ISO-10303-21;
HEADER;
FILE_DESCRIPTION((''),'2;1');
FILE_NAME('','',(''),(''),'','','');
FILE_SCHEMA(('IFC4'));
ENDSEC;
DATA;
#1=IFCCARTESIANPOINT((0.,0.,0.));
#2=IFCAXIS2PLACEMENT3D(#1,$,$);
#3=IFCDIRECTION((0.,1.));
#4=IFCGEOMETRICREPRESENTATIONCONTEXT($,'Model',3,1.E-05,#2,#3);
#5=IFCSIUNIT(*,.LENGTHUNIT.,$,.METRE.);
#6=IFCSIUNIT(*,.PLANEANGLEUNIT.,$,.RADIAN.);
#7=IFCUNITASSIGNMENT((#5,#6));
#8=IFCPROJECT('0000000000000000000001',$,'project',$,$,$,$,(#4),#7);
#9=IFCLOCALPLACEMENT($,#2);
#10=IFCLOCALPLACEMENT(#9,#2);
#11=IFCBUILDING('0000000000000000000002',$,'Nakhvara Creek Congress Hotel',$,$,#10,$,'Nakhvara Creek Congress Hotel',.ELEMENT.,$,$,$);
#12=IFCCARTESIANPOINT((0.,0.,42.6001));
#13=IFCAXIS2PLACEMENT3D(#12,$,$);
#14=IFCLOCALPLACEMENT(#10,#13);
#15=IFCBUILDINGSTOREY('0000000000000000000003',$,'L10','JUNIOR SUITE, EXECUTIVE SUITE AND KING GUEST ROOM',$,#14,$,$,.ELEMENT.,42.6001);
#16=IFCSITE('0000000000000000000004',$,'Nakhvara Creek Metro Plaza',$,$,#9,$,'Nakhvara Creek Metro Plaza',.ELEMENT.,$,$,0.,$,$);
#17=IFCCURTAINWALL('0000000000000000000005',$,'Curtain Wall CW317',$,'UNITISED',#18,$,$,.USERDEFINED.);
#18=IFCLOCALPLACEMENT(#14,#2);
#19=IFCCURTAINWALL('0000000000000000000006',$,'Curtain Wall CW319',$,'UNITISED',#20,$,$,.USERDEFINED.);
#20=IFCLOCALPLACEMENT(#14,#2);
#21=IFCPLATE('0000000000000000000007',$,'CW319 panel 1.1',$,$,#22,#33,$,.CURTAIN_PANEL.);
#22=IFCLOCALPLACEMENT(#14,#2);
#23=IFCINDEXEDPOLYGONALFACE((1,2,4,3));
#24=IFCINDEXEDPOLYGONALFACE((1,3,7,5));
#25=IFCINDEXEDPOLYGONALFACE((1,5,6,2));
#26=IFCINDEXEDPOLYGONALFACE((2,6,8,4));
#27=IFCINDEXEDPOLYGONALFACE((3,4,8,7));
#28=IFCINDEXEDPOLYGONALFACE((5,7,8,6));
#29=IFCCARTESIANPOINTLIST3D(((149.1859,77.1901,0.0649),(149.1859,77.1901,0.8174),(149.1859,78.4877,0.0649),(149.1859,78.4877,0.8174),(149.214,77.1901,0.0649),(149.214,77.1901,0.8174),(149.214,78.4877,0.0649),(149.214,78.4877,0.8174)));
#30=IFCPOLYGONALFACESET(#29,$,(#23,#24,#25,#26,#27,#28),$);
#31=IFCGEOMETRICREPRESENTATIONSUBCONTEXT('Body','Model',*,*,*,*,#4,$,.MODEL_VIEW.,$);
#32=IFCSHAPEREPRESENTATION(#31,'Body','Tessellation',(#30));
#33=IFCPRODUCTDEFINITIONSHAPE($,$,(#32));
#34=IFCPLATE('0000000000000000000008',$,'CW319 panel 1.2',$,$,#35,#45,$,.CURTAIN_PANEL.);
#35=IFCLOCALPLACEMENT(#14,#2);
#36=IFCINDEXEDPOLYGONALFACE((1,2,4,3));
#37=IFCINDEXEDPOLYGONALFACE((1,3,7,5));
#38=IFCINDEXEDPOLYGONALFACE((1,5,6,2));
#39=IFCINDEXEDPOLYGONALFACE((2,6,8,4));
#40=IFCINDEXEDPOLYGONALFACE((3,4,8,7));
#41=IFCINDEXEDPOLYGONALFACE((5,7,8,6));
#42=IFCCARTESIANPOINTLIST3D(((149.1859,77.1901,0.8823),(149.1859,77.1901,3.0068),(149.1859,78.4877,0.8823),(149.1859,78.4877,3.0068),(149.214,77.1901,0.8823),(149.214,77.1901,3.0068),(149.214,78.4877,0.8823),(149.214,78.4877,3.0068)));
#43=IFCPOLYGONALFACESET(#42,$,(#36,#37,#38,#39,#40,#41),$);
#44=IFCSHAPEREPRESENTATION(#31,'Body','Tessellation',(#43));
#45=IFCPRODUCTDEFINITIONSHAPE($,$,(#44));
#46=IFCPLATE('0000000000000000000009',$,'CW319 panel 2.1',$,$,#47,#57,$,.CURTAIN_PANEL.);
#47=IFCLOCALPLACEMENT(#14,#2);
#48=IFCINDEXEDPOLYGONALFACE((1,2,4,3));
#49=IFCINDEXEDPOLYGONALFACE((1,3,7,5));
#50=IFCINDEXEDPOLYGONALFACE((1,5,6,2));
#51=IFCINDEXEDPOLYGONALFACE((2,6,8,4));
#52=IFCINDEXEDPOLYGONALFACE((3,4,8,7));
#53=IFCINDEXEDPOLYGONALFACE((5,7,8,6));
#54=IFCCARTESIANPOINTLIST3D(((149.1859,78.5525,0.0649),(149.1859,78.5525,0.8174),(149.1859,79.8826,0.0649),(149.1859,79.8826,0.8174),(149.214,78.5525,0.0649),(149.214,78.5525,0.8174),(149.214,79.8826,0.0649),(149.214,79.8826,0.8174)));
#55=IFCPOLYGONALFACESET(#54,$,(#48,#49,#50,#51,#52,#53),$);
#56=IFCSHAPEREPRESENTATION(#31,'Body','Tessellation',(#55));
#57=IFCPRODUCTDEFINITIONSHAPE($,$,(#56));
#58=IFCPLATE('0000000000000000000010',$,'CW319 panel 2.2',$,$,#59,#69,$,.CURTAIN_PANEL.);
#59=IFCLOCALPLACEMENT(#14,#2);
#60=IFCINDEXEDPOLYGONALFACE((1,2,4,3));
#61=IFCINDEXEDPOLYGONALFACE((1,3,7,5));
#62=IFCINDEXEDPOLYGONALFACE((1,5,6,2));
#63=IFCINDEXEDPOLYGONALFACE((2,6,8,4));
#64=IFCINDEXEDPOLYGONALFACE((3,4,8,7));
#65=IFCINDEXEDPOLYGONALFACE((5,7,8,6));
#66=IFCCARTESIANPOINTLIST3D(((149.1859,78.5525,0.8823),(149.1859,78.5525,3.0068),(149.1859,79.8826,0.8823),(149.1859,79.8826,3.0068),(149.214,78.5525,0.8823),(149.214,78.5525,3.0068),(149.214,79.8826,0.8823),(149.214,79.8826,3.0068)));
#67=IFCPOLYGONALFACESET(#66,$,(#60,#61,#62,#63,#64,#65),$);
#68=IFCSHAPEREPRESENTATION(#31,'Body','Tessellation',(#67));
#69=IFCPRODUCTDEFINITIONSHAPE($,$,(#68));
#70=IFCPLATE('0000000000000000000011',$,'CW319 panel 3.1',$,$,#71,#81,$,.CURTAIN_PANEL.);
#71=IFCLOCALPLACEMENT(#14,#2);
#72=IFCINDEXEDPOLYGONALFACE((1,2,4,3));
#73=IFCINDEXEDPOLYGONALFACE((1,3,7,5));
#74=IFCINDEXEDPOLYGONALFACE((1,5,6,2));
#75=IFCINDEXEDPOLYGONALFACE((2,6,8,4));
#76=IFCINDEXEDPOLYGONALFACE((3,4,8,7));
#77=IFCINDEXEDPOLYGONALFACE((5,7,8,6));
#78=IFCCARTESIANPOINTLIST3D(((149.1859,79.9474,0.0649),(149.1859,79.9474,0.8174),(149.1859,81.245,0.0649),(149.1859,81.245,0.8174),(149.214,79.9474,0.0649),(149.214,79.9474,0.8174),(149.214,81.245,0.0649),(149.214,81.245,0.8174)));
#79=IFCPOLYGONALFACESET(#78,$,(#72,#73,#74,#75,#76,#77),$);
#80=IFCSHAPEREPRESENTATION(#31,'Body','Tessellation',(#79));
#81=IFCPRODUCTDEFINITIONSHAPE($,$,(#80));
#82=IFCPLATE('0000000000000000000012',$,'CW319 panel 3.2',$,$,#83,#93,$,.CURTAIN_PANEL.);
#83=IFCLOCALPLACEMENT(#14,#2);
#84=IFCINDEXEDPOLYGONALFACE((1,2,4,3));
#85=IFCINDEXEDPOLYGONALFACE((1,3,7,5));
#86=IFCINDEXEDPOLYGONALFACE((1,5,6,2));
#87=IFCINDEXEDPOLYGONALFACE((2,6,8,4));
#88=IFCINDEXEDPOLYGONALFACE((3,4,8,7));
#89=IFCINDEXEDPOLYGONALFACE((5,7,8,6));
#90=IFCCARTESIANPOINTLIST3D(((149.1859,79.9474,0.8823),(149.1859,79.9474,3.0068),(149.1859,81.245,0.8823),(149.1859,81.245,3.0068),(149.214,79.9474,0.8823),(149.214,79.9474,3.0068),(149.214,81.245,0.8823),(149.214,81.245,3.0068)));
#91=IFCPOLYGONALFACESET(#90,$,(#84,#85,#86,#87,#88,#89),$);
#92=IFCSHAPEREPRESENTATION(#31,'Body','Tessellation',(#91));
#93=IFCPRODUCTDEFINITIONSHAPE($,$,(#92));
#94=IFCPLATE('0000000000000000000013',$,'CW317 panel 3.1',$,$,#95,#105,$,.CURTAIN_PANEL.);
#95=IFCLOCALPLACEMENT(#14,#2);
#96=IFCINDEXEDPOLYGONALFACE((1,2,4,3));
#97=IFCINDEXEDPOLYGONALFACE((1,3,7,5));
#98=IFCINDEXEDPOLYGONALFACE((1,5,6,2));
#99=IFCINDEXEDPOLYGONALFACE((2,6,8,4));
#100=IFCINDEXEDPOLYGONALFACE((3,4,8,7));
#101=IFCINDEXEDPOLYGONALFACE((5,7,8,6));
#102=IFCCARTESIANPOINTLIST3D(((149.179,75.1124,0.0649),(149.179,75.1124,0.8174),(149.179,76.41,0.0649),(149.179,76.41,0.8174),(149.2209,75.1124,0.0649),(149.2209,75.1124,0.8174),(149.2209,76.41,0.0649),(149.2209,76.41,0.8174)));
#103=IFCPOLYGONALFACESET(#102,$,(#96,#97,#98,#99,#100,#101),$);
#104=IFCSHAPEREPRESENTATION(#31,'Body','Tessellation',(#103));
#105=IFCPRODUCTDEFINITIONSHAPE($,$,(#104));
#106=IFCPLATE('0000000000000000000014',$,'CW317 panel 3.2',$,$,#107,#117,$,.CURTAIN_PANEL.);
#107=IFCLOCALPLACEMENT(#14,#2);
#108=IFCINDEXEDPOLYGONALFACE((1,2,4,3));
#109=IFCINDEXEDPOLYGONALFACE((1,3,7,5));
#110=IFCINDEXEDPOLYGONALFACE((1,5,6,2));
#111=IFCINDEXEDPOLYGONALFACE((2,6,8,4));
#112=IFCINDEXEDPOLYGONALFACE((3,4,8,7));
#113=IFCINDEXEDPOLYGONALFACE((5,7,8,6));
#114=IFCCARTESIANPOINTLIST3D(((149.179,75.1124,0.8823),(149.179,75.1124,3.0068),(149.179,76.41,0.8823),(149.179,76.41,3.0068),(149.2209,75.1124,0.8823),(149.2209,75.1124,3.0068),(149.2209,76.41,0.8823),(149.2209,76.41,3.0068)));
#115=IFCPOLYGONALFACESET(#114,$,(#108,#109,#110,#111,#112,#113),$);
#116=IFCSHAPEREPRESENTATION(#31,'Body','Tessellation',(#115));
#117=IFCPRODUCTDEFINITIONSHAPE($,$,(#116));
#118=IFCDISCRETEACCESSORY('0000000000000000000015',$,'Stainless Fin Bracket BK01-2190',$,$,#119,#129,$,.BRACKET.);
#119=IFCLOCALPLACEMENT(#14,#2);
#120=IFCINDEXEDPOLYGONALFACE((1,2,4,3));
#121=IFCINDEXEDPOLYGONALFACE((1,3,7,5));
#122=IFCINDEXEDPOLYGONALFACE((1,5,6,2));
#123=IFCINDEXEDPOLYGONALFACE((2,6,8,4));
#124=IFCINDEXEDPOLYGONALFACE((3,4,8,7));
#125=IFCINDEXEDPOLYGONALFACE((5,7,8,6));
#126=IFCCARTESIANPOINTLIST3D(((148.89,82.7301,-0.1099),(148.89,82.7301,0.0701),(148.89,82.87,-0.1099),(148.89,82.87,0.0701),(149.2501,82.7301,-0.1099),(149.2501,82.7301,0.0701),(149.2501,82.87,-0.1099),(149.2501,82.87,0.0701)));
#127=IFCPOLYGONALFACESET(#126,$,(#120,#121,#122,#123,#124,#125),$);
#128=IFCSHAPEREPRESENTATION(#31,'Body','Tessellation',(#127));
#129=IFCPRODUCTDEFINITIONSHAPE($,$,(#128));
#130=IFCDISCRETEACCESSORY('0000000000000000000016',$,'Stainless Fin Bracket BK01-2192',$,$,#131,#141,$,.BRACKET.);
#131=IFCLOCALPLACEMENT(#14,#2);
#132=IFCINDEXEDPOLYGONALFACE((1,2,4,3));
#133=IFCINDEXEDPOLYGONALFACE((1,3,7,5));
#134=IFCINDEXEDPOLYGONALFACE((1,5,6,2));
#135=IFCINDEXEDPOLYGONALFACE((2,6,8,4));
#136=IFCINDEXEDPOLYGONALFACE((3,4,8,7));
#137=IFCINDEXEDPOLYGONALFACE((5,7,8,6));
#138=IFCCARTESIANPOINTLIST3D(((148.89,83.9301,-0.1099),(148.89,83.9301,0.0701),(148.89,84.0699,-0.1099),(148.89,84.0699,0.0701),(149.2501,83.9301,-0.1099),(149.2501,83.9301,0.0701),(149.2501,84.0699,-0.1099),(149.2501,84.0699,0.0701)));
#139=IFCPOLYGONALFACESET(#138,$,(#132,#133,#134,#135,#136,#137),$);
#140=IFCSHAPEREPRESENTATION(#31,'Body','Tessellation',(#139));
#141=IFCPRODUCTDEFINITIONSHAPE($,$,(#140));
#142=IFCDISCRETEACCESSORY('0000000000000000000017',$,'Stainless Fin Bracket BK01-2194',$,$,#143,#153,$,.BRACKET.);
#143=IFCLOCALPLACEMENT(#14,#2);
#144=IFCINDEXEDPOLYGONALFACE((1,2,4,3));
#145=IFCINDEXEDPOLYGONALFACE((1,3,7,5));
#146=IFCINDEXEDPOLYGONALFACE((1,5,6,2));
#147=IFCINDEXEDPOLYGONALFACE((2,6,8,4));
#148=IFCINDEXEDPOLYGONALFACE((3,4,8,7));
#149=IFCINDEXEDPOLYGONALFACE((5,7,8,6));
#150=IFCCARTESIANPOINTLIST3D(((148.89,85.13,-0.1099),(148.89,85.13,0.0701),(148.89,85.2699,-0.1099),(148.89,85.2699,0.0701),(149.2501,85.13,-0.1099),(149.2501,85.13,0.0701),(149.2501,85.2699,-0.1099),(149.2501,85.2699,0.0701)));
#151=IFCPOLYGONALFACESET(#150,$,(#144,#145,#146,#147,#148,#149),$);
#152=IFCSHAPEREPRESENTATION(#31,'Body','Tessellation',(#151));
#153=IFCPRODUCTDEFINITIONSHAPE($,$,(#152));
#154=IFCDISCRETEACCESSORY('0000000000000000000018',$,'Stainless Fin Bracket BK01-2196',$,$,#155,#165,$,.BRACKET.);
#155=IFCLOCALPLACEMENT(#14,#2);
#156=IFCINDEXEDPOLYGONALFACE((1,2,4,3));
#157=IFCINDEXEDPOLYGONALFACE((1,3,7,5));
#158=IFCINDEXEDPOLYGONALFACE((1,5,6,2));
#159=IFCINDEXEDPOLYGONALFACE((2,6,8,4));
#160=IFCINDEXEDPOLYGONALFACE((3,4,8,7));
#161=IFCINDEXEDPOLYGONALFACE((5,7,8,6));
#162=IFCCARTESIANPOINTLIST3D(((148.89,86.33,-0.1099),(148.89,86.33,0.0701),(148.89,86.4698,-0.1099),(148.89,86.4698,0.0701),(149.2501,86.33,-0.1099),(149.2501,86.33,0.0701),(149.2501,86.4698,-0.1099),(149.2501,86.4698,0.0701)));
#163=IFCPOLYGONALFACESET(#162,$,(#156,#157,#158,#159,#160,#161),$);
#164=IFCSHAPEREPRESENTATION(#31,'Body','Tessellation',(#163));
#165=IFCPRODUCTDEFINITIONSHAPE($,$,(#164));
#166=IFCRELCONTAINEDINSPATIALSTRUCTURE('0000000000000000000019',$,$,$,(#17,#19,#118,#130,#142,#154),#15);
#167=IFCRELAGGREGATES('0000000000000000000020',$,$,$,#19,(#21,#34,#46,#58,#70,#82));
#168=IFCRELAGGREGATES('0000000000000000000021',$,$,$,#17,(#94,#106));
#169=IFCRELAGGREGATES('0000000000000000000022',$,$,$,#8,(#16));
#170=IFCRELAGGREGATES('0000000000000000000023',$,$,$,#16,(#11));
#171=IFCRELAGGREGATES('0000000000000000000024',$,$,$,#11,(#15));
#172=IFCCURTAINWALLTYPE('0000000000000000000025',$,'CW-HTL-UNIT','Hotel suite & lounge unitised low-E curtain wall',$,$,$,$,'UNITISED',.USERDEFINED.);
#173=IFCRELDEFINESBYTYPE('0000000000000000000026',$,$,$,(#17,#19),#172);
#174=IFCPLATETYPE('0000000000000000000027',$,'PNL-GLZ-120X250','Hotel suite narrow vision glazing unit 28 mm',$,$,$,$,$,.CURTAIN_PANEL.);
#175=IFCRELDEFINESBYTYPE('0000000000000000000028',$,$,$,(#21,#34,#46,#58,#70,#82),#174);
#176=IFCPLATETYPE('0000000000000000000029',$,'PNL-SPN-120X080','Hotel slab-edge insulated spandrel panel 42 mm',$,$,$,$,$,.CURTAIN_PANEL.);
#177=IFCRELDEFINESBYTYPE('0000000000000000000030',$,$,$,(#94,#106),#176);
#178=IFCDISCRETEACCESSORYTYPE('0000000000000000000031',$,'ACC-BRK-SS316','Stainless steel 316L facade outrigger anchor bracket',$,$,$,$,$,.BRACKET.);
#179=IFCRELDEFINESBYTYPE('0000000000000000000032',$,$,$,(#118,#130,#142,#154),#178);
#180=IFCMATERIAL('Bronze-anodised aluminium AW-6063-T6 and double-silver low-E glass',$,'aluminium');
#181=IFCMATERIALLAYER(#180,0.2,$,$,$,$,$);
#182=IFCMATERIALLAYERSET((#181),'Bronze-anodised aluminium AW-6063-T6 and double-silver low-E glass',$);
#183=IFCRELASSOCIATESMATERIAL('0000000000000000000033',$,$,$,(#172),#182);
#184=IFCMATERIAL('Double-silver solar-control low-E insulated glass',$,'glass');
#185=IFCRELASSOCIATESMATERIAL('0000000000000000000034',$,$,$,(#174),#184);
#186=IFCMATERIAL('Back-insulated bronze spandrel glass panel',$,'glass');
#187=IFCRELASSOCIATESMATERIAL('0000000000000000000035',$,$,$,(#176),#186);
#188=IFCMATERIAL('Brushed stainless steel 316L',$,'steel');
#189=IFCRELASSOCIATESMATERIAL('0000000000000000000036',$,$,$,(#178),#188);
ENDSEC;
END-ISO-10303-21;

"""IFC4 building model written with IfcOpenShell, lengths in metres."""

from ifc_helpers import new_model, si_unit, direction, frame, origin, origin_2d, place, context, subcontext, project, spatial, rectangle, extrude, material, layer, layer_set, type_object, element, aggregate, save


model = new_model("IFC4")

# Units and contexts
model_context = context("Model", 3, precision=1e-05, world=origin(), true_north=direction((0.0, 1.0)))
body_context = subcontext(model_context, "Body", "Model", "MODEL_VIEW")
ifc_project = project(units=[si_unit("LENGTHUNIT", "METRE"), si_unit("PLANEANGLEUNIT", "RADIAN")], contexts=[model_context])

# Site, building, storey
site_placement = place(None, origin())
site = spatial("IfcSite", under=ifc_project, at=site_placement, Name="Nakhvara Creek Metro Plaza", LongName="Nakhvara Creek Metro Plaza", CompositionType="ELEMENT", RefElevation=0.0)
building_placement = place(site_placement, origin())
building = spatial("IfcBuilding", under=site, at=building_placement, Name="Nakhvara Creek Congress Hotel", LongName="Nakhvara Creek Congress Hotel", CompositionType="ELEMENT")
storey_placement = place(building_placement, frame((0.0, 0.0, 42.6001)))
storey = spatial("IfcBuildingStorey", under=building, at=storey_placement, Name="L10", Description="JUNIOR SUITE, EXECUTIVE SUITE AND KING GUEST ROOM", CompositionType="ELEMENT", Elevation=42.6001)

# Curtain walls
ifc_material_1 = material(Name="Bronze-anodised aluminium AW-6063-T6 and double-silver low-E glass", Category="aluminium")
ifc_layer = layer(ifc_material_1, 0.2)
ifc_layer_set = layer_set([ifc_layer], Name="Bronze-anodised aluminium AW-6063-T6 and double-silver low-E glass")
curtain_wall_type = type_object("IfcCurtainWallType", Name="CW-HTL-UNIT", Description="Hotel suite & lounge unitised low-E curtain wall", ElementType="UNITISED", PredefinedType="USERDEFINED", material=ifc_layer_set)
curtain_wall_1_placement = place(storey_placement, origin())
curtain_wall_1 = element("IfcCurtainWall", 1, at=curtain_wall_1_placement, inside=storey, type_object=curtain_wall_type, Name="Curtain Wall CW317", ObjectType="UNITISED", PredefinedType="USERDEFINED")
curtain_wall_2_placement = place(storey_placement, origin())
curtain_wall_2 = element("IfcCurtainWall", 2, at=curtain_wall_2_placement, inside=storey, type_object=curtain_wall_type, Name="Curtain Wall CW319", ObjectType="UNITISED", PredefinedType="USERDEFINED")

# Plates
ifc_material_2 = material(Name="Double-silver solar-control low-E insulated glass", Category="glass")
plate_type_1 = type_object("IfcPlateType", Name="PNL-GLZ-120X250", Description="Hotel suite narrow vision glazing unit 28 mm", PredefinedType="CURTAIN_PANEL", material=ifc_material_2)
plate_1_placement = place(storey_placement, frame((149.2, 77.8389, 0.0649), z_axis=(0.0, 0.0, 1.0), x_axis=(0.0, 1.0, 0.0)))
plate_1 = element("IfcPlate", 3, at=plate_1_placement, type_object=plate_type_1, Name="CW319 panel 1.1", PredefinedType="CURTAIN_PANEL", context=body_context, shape_type="SweptSolid", body=[
    extrude(rectangle(XDim=1.2976, YDim=0.0281, at=origin_2d()), origin(), (0.0, 0.0, 1.0), 0.7524),
])
plate_2_placement = place(storey_placement, frame((149.2, 77.8389, 0.8823), z_axis=(0.0, 0.0, 1.0), x_axis=(0.0, 1.0, 0.0)))
plate_2 = element("IfcPlate", 4, at=plate_2_placement, type_object=plate_type_1, Name="CW319 panel 1.2", PredefinedType="CURTAIN_PANEL", context=body_context, shape_type="SweptSolid", body=[
    extrude(rectangle(XDim=1.2976, YDim=0.0281, at=origin_2d()), origin(), (0.0, 0.0, 1.0), 2.1245),
])
plate_3_placement = place(storey_placement, frame((149.2, 79.2175, 0.0649), z_axis=(0.0, 0.0, 1.0), x_axis=(0.0, 1.0, 0.0)))
plate_3 = element("IfcPlate", 5, at=plate_3_placement, type_object=plate_type_1, Name="CW319 panel 2.1", PredefinedType="CURTAIN_PANEL", context=body_context, shape_type="SweptSolid", body=[
    extrude(rectangle(XDim=1.3301, YDim=0.0281, at=origin_2d()), origin(), (0.0, 0.0, 1.0), 0.7524),
])
plate_4_placement = place(storey_placement, frame((149.2, 79.2175, 0.8823), z_axis=(0.0, 0.0, 1.0), x_axis=(0.0, 1.0, 0.0)))
plate_4 = element("IfcPlate", 6, at=plate_4_placement, type_object=plate_type_1, Name="CW319 panel 2.2", PredefinedType="CURTAIN_PANEL", context=body_context, shape_type="SweptSolid", body=[
    extrude(rectangle(XDim=1.3301, YDim=0.0281, at=origin_2d()), origin(), (0.0, 0.0, 1.0), 2.1245),
])
plate_5_placement = place(storey_placement, frame((149.2, 80.5962, 0.0649), z_axis=(0.0, 0.0, 1.0), x_axis=(0.0, 1.0, 0.0)))
plate_5 = element("IfcPlate", 7, at=plate_5_placement, type_object=plate_type_1, Name="CW319 panel 3.1", PredefinedType="CURTAIN_PANEL", context=body_context, shape_type="SweptSolid", body=[
    extrude(rectangle(XDim=1.2976, YDim=0.0281, at=origin_2d()), origin(), (0.0, 0.0, 1.0), 0.7524),
])
plate_6_placement = place(storey_placement, frame((149.2, 80.5962, 0.8823), z_axis=(0.0, 0.0, 1.0), x_axis=(0.0, 1.0, 0.0)))
plate_6 = element("IfcPlate", 8, at=plate_6_placement, type_object=plate_type_1, Name="CW319 panel 3.2", PredefinedType="CURTAIN_PANEL", context=body_context, shape_type="SweptSolid", body=[
    extrude(rectangle(XDim=1.2976, YDim=0.0281, at=origin_2d()), origin(), (0.0, 0.0, 1.0), 2.1245),
])
aggregate(curtain_wall_2, [plate_1, plate_2, plate_3, plate_4, plate_5, plate_6])
ifc_material_3 = material(Name="Back-insulated bronze spandrel glass panel", Category="glass")
plate_type_2 = type_object("IfcPlateType", Name="PNL-SPN-120X080", Description="Hotel slab-edge insulated spandrel panel 42 mm", PredefinedType="CURTAIN_PANEL", material=ifc_material_3)
plate_7_placement = place(storey_placement, frame((149.2, 75.7612, 0.0649), z_axis=(0.0, 0.0, 1.0), x_axis=(0.0, 1.0, 0.0)))
plate_7 = element("IfcPlate", 9, at=plate_7_placement, type_object=plate_type_2, Name="CW317 panel 3.1", PredefinedType="CURTAIN_PANEL", context=body_context, shape_type="SweptSolid", body=[
    extrude(rectangle(XDim=1.2976, YDim=0.042, at=origin_2d()), origin(), (0.0, 0.0, 1.0), 0.7524),
])
plate_8_placement = place(storey_placement, frame((149.2, 75.7612, 0.8823), z_axis=(0.0, 0.0, 1.0), x_axis=(0.0, 1.0, 0.0)))
plate_8 = element("IfcPlate", 10, at=plate_8_placement, type_object=plate_type_2, Name="CW317 panel 3.2", PredefinedType="CURTAIN_PANEL", context=body_context, shape_type="SweptSolid", body=[
    extrude(rectangle(XDim=1.2976, YDim=0.042, at=origin_2d()), origin(), (0.0, 0.0, 1.0), 2.1245),
])
aggregate(curtain_wall_1, [plate_7, plate_8])

# Discrete accessories
ifc_material_4 = material(Name="Brushed stainless steel 316L", Category="steel")
discrete_accessory_type = type_object("IfcDiscreteAccessoryType", Name="ACC-BRK-SS316", Description="Stainless steel 316L facade outrigger anchor bracket", PredefinedType="BRACKET", material=ifc_material_4)
for number, where, z_axis, x_axis, name in (
    (11, (149.0701, 82.8, -0.1099), (0.0, 0.0, 1.0), (0.0, 1.0, 0.0), "Stainless Fin Bracket BK01-2190"),
    (12, (149.0701, 84.0, -0.1099), (0.0, 0.0, 1.0), (0.0, 1.0, 0.0), "Stainless Fin Bracket BK01-2192"),
    (13, (149.0701, 85.2, -0.1099), (0.0, 0.0, 1.0), (0.0, 1.0, 0.0), "Stainless Fin Bracket BK01-2194"),
    (14, (149.0701, 86.3999, -0.1099), (0.0, 0.0, 1.0), (0.0, 1.0, 0.0), "Stainless Fin Bracket BK01-2196"),
):
    element("IfcDiscreteAccessory", number, at=place(storey_placement, frame(where, z_axis=z_axis, x_axis=x_axis)), inside=storey, type_object=discrete_accessory_type, Name=name, PredefinedType="BRACKET", context=body_context, shape_type="SweptSolid", body=[
        extrude(rectangle(XDim=0.1399, YDim=0.3601, at=origin_2d()), origin(), (0.0, 0.0, 1.0), 0.1799),
    ])

save(model, "model.ifc")
